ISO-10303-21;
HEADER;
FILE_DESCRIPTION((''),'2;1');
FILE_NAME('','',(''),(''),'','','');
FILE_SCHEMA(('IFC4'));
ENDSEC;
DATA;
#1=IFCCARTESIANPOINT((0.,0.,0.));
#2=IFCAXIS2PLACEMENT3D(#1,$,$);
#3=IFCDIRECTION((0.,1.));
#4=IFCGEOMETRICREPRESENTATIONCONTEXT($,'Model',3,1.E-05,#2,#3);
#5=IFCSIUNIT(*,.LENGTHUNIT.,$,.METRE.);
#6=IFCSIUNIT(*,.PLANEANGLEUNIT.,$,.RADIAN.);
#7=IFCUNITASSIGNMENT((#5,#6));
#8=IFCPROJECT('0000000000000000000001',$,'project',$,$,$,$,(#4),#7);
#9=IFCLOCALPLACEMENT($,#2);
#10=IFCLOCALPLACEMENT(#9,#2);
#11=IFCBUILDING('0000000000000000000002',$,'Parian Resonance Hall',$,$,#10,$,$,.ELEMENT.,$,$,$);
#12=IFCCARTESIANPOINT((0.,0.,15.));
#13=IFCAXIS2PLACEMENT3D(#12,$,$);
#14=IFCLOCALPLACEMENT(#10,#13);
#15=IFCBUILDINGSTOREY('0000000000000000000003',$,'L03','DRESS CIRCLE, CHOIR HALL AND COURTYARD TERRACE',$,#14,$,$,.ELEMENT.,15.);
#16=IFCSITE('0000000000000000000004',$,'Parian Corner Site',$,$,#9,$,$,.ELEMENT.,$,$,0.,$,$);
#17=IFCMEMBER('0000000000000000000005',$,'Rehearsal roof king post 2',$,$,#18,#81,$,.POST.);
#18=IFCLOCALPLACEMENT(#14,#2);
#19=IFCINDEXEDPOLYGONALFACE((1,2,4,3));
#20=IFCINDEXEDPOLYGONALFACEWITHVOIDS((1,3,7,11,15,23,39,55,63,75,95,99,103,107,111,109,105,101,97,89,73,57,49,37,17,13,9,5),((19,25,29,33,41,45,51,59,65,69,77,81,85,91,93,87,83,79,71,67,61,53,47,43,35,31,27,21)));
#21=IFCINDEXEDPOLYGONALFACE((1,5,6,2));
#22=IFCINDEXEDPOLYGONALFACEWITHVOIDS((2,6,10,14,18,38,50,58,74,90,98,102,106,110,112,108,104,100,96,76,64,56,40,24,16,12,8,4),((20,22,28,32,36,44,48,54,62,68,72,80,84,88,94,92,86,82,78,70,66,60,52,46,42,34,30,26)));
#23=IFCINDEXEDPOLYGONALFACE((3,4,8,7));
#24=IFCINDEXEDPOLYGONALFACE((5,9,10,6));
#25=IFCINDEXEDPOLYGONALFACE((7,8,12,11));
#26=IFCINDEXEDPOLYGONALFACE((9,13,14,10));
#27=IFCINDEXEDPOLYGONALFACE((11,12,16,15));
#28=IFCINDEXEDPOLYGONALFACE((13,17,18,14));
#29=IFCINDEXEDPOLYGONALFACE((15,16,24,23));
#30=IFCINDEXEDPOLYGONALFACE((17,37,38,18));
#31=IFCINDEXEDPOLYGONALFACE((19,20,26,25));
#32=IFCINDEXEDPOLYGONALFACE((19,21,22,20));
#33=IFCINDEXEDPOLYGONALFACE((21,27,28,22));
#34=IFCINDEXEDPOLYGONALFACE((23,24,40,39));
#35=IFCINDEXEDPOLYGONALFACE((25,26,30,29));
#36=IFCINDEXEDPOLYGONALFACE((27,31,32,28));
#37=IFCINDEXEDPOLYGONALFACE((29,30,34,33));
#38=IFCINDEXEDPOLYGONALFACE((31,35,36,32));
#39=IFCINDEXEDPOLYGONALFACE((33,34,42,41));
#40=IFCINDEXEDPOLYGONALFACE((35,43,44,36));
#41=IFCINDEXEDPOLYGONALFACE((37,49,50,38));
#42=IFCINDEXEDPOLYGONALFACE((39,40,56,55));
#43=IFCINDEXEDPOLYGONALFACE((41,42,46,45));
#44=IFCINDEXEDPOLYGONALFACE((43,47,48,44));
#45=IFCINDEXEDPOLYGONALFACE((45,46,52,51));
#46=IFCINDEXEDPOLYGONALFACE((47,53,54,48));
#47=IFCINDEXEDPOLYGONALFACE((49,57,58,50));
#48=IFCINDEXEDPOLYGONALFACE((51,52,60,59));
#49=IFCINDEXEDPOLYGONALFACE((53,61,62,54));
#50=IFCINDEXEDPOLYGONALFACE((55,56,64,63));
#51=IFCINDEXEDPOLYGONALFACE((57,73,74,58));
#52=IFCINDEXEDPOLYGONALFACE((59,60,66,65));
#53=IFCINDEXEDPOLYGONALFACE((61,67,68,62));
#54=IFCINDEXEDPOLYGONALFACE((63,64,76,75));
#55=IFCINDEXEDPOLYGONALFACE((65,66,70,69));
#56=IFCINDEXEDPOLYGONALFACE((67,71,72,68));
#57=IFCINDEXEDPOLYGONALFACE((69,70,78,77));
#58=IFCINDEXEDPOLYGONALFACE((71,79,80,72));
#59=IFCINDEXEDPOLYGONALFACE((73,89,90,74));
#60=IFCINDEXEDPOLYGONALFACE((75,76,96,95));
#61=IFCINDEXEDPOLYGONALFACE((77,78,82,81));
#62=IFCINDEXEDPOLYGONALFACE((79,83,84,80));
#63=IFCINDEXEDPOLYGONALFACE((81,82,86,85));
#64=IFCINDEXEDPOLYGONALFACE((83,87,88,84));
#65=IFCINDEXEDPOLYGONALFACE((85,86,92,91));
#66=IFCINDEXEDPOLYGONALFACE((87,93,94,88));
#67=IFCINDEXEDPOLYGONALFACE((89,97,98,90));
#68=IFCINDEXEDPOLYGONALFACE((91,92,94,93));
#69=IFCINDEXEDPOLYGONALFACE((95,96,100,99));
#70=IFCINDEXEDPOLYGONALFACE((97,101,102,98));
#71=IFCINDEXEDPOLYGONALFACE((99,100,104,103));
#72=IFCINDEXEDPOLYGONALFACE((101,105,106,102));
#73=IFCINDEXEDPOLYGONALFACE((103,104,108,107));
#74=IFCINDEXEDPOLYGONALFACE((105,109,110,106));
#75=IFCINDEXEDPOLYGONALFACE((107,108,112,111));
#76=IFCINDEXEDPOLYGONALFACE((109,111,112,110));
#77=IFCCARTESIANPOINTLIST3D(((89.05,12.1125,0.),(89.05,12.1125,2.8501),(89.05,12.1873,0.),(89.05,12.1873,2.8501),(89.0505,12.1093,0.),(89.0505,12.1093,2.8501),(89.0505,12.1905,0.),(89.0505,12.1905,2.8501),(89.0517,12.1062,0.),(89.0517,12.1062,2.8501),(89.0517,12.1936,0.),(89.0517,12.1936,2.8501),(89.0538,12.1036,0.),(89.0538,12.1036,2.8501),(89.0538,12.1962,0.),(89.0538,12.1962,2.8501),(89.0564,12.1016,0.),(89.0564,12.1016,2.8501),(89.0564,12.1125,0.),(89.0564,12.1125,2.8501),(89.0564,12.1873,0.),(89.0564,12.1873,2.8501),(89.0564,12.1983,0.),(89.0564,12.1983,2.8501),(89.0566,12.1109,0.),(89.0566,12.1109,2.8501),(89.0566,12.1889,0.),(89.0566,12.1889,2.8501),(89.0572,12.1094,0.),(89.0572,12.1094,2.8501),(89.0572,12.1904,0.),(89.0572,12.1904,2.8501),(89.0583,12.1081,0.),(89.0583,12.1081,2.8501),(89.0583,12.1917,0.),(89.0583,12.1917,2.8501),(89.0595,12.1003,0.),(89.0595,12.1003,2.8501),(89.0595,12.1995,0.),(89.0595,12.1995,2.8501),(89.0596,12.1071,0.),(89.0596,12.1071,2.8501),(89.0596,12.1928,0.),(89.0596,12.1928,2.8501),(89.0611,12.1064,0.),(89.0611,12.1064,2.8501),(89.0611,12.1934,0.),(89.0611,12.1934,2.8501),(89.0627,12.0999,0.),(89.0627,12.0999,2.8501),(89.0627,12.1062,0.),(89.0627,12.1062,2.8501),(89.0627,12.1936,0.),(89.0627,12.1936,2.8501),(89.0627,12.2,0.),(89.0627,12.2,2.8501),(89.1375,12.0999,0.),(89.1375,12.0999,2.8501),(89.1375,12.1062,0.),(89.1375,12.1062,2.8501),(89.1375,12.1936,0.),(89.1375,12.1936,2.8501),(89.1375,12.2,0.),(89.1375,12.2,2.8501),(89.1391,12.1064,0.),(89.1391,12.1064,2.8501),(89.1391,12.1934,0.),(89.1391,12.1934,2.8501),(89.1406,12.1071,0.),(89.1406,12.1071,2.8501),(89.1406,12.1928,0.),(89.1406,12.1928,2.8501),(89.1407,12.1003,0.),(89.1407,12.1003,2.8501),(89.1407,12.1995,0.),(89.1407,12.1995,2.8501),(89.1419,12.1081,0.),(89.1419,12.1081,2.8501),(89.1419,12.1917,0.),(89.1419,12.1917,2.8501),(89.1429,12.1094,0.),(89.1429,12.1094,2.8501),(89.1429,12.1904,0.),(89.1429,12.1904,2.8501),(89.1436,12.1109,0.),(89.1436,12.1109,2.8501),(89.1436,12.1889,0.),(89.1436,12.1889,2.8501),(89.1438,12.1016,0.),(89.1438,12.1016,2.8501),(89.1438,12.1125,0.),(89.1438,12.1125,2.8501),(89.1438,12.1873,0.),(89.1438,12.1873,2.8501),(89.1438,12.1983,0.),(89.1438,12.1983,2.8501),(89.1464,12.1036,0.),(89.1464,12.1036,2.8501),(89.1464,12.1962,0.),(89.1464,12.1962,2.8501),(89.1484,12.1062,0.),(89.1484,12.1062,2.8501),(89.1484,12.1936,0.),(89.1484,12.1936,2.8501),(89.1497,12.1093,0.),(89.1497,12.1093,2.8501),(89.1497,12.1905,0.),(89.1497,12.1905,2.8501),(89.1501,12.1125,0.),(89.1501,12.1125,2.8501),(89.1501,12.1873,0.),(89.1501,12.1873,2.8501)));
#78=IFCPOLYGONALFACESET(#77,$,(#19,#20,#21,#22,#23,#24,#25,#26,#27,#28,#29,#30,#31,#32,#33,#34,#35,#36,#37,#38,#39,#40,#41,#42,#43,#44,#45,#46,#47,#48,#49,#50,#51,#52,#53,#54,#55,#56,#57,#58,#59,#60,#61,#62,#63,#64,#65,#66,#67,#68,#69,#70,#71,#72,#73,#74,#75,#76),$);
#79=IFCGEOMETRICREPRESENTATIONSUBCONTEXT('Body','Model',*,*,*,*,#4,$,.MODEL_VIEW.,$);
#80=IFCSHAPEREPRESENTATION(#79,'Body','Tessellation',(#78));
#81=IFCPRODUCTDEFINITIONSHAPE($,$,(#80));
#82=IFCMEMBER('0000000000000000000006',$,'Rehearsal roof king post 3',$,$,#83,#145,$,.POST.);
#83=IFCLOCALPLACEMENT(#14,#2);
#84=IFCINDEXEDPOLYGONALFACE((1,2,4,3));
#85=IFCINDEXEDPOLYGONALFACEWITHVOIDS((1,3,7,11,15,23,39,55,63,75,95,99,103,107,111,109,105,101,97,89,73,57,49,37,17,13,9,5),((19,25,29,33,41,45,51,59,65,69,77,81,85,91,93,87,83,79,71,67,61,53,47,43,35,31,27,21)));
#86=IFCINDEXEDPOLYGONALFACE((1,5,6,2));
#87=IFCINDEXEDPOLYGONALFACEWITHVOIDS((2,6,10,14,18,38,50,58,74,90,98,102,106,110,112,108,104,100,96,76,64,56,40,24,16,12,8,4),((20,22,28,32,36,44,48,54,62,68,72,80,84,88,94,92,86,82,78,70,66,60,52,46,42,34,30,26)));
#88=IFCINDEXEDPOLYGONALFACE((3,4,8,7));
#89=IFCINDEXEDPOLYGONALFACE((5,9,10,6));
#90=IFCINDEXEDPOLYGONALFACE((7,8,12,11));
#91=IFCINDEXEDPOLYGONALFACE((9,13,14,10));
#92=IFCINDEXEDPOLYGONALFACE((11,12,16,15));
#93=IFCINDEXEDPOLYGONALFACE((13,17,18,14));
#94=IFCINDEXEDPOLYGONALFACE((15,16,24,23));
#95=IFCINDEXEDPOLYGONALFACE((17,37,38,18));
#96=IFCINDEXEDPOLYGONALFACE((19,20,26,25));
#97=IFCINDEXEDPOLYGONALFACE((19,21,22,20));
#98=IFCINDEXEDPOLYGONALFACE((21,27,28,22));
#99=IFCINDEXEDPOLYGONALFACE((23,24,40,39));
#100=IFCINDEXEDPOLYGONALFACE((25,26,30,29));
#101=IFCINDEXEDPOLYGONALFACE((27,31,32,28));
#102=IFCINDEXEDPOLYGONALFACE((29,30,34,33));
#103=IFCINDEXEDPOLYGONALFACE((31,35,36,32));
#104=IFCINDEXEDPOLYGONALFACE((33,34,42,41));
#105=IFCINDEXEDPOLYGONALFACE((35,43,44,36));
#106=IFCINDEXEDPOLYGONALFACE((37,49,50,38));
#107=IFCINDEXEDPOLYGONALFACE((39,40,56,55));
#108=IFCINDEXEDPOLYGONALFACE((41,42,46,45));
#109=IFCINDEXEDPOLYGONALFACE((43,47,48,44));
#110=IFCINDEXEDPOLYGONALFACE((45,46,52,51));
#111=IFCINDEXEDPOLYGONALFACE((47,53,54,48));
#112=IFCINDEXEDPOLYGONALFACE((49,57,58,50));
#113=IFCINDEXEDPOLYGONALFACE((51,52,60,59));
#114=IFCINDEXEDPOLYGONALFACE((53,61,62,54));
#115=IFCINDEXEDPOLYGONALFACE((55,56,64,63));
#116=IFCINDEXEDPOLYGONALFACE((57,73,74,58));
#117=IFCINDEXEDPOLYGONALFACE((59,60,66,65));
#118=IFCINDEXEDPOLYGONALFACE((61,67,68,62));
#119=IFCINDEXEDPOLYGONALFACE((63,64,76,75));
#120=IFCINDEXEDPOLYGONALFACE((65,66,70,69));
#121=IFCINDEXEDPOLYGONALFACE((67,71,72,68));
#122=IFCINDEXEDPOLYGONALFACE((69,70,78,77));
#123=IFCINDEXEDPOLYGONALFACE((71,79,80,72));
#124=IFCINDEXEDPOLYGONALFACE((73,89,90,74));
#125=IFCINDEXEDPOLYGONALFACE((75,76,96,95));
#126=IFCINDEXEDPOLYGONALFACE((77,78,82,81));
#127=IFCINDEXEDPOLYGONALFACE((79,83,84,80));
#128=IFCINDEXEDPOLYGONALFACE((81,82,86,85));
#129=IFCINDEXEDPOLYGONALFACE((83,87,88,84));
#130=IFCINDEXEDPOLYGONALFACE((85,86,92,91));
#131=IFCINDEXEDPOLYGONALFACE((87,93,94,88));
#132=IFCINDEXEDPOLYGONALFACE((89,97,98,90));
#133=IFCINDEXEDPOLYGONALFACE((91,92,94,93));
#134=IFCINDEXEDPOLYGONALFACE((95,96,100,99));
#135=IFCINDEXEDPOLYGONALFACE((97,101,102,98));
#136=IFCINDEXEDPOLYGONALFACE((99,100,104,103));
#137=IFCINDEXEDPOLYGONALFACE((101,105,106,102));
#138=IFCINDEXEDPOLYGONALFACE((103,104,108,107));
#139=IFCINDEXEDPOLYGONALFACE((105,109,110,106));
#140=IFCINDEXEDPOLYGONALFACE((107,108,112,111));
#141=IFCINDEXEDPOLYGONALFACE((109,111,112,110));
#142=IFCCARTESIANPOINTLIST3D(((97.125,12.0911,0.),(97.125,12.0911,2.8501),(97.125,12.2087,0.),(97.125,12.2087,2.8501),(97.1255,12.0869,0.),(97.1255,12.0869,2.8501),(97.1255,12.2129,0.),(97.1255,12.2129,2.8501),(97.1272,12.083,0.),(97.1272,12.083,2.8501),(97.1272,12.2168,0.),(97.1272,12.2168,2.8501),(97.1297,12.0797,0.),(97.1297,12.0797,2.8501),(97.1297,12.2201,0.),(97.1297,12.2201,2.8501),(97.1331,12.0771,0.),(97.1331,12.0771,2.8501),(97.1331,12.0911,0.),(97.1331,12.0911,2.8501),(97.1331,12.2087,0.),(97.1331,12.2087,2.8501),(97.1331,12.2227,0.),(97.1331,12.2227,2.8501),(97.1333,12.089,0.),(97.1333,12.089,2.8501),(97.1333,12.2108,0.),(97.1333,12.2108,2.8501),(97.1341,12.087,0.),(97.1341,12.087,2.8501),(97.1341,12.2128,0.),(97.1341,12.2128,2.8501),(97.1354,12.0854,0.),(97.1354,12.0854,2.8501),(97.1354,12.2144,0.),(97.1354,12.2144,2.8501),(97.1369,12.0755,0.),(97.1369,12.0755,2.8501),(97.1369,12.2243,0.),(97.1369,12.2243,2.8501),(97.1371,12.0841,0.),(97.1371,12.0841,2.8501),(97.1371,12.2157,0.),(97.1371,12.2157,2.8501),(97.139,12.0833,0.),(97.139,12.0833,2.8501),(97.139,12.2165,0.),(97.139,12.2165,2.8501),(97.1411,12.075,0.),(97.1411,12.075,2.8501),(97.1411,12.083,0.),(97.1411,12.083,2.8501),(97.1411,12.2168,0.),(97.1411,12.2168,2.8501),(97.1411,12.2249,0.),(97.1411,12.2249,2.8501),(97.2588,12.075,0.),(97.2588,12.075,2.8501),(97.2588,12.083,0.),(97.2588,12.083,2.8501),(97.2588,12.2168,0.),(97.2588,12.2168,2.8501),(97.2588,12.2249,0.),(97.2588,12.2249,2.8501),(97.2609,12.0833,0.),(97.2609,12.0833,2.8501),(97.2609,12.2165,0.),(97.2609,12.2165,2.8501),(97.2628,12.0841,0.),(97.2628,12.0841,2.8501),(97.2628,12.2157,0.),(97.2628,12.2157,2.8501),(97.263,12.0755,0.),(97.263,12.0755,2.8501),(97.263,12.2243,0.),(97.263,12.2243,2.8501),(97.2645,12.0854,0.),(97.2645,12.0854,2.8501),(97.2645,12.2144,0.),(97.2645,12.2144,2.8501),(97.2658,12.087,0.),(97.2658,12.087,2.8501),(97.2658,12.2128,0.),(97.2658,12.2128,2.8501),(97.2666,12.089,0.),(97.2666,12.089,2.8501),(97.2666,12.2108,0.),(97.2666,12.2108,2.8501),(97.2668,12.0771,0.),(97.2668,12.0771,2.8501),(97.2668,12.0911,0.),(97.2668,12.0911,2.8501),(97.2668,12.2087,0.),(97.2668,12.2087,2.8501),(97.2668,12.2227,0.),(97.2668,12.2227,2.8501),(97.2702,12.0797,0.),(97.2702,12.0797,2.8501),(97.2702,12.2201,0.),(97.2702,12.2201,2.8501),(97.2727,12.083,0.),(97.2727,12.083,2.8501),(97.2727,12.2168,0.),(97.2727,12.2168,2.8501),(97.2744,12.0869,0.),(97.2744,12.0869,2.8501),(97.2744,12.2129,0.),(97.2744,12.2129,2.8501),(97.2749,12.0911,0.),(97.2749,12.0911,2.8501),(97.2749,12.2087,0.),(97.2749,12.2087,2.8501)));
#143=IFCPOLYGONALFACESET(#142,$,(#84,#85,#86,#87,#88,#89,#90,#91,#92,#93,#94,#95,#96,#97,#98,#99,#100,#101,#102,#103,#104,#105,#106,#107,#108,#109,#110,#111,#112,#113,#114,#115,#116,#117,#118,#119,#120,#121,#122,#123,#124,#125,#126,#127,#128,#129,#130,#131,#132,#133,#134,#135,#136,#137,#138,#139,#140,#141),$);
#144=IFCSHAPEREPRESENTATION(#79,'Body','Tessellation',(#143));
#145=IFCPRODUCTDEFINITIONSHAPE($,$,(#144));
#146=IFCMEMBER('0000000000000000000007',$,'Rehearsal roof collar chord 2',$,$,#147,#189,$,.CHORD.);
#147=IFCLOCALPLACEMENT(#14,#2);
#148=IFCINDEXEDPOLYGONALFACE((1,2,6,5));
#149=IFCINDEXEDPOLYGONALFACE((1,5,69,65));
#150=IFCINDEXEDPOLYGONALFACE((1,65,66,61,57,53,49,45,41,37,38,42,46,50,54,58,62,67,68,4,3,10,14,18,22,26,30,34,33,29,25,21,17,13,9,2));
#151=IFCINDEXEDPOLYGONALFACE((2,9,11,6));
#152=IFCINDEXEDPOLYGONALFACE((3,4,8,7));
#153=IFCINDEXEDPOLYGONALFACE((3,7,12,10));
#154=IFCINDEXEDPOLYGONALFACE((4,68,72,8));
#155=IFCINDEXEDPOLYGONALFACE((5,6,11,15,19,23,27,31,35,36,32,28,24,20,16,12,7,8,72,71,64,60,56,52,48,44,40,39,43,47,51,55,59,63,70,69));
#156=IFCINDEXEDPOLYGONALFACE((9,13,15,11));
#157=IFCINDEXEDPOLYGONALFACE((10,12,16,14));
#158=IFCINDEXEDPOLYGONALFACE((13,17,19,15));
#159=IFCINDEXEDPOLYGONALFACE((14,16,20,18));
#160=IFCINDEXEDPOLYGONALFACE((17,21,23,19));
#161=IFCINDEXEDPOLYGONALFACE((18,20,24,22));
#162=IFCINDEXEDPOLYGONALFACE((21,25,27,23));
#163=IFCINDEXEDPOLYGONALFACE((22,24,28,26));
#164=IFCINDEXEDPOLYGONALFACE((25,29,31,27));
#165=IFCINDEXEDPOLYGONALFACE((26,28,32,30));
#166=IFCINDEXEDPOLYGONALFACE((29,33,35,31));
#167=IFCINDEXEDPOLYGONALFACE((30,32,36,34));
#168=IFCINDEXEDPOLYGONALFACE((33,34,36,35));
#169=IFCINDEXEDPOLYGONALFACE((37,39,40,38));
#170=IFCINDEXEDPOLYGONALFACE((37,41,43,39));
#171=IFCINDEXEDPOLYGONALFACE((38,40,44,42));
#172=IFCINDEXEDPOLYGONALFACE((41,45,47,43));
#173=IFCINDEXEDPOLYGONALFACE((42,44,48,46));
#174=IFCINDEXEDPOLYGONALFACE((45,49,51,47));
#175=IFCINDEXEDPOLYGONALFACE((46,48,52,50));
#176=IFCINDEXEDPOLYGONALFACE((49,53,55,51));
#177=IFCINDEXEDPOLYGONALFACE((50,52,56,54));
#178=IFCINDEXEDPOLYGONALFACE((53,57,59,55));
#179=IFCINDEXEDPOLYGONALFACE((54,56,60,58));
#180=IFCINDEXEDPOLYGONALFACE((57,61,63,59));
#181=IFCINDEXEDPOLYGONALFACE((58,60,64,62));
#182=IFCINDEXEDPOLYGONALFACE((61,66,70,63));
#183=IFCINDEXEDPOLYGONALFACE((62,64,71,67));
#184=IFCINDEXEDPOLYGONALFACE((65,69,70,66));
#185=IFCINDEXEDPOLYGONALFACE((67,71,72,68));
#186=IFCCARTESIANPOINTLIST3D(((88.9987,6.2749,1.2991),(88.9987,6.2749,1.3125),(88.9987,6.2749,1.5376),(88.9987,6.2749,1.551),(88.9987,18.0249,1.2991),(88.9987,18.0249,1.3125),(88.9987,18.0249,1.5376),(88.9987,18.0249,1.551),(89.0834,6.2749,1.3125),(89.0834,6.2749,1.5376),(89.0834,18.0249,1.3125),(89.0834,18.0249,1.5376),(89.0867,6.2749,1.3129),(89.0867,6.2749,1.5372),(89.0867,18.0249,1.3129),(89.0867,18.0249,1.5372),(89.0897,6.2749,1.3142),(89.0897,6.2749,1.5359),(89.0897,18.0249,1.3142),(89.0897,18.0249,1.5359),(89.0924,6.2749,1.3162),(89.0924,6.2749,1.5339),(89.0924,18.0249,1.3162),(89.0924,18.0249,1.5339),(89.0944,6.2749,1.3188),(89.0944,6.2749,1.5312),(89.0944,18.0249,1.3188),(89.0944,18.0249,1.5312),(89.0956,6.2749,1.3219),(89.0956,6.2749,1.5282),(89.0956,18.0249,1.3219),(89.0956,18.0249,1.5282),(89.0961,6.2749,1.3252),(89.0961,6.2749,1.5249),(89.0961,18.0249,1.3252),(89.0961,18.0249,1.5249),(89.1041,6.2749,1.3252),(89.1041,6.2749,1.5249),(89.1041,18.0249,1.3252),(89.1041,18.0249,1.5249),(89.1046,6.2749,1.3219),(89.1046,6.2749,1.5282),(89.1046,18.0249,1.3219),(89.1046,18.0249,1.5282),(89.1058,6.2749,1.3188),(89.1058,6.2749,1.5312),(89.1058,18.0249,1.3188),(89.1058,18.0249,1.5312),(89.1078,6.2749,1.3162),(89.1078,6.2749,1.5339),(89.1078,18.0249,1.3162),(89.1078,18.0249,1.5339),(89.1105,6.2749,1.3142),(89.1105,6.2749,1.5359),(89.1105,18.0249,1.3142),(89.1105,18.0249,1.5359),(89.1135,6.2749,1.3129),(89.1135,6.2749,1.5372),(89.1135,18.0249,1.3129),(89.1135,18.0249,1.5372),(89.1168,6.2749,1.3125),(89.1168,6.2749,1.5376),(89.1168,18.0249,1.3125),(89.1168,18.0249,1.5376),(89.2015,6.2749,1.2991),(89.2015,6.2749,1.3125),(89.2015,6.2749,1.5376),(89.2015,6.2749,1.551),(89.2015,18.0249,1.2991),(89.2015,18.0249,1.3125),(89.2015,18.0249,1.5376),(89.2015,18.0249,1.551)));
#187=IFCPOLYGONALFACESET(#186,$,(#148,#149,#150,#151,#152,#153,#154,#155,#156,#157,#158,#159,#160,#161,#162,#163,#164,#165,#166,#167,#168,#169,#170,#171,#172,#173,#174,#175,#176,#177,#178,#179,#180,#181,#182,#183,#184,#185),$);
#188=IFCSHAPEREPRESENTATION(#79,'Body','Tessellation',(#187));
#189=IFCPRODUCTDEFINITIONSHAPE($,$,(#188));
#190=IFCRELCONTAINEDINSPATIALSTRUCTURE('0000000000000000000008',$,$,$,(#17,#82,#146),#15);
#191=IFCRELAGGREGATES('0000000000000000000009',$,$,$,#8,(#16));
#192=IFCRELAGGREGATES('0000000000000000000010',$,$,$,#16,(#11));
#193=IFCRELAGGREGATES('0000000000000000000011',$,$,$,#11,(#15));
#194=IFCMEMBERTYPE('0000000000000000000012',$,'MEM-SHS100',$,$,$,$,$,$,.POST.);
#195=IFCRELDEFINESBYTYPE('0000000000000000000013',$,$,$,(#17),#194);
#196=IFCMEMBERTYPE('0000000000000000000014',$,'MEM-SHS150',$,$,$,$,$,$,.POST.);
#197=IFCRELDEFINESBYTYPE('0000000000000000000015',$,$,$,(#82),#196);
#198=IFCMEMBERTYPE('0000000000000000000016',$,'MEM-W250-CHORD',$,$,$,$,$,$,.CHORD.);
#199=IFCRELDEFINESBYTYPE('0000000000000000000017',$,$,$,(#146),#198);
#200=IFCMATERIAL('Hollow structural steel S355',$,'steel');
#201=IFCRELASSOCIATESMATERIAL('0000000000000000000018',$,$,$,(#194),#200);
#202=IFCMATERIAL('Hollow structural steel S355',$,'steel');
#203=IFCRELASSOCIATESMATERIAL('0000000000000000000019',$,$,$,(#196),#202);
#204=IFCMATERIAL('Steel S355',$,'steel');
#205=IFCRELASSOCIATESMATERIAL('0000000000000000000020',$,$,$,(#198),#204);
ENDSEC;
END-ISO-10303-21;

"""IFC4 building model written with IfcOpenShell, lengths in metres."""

from ifc_helpers import new_model, si_unit, direction, frame, origin, origin_2d, place, context, subcontext, project, spatial, hollow_rectangle, i_section, extrude, material, material_profile, profile_set, type_object, element, save


model = new_model("IFC4")

# Units and contexts
model_context = context("Model", 3, precision=1e-05, world=origin(), true_north=direction((0.0, 1.0)))
body_context = subcontext(model_context, "Body", "Model", "MODEL_VIEW")
ifc_project = project(units=[si_unit("LENGTHUNIT", "METRE"), si_unit("PLANEANGLEUNIT", "RADIAN")], contexts=[model_context])

# Site, building, storey
site_placement = place(None, origin())
site = spatial("IfcSite", under=ifc_project, at=site_placement, Name="Parian Corner Site", CompositionType="ELEMENT", RefElevation=0.0)
building_placement = place(site_placement, origin())
building = spatial("IfcBuilding", under=site, at=building_placement, Name="Parian Resonance Hall", CompositionType="ELEMENT")
storey_placement = place(building_placement, frame((0.0, 0.0, 15.0)))
storey = spatial("IfcBuildingStorey", under=building, at=storey_placement, Name="L03", Description="DRESS CIRCLE, CHOIR HALL AND COURTYARD TERRACE", CompositionType="ELEMENT", Elevation=15.0)

# Members
ifc_material_1 = material(Name="Hollow structural steel S355", Category="steel")
ifc_material_profile_1 = material_profile(ifc_material_1, hollow_rectangle(XDim=0.1001, YDim=0.1001, WallThickness=0.0063, InnerFilletRadius=0.0063, OuterFilletRadius=0.0127, at=origin_2d()), Name="SHS100x100x6.3")
ifc_profile_set_1 = profile_set([ifc_material_profile_1], Name="Hollow structural steel S355")
member_type_1 = type_object("IfcMemberType", Name="MEM-SHS100", PredefinedType="POST", material=ifc_profile_set_1)
member_1_placement = place(storey_placement, frame((89.1001, 12.1499, 0.0), z_axis=(0.0, 0.0, 1.0), x_axis=(1.0, 0.0, 0.0)))
element("IfcMember", 1, at=member_1_placement, inside=storey, type_object=member_type_1, Name="Rehearsal roof king post 2", PredefinedType="POST", context=body_context, shape_type="SweptSolid", body=[
    extrude(hollow_rectangle(XDim=0.1001, YDim=0.1001, WallThickness=0.0063, InnerFilletRadius=0.0063, OuterFilletRadius=0.0127, at=origin_2d()), origin(), (0.0, 0.0, 1.0), 2.8501),
])
ifc_material_2 = material(Name="Hollow structural steel S355", Category="steel")
ifc_material_profile_2 = material_profile(ifc_material_2, hollow_rectangle(XDim=0.1499, YDim=0.1499, WallThickness=0.0081, InnerFilletRadius=0.0081, OuterFilletRadius=0.0161, at=origin_2d()), Name="SHS150x150x8")
ifc_profile_set_2 = profile_set([ifc_material_profile_2], Name="Hollow structural steel S355")
member_type_2 = type_object("IfcMemberType", Name="MEM-SHS150", PredefinedType="POST", material=ifc_profile_set_2)
member_2_placement = place(storey_placement, frame((97.2, 12.1499, 0.0), z_axis=(0.0, 0.0, 1.0), x_axis=(1.0, 0.0, 0.0)))
element("IfcMember", 2, at=member_2_placement, inside=storey, type_object=member_type_2, Name="Rehearsal roof king post 3", PredefinedType="POST", context=body_context, shape_type="SweptSolid", body=[
    extrude(hollow_rectangle(XDim=0.1499, YDim=0.1499, WallThickness=0.0081, InnerFilletRadius=0.0081, OuterFilletRadius=0.0161, at=origin_2d()), origin(), (0.0, 0.0, 1.0), 2.8501),
])
ifc_material_3 = material(Name="Steel S355", Category="steel")
ifc_material_profile_3 = material_profile(ifc_material_3, i_section(OverallWidth=0.2029, OverallDepth=0.252, WebThickness=0.0081, FlangeThickness=0.0134, FilletRadius=0.0127, at=origin_2d()), Name="W250x58")
ifc_profile_set_3 = profile_set([ifc_material_profile_3], Name="Steel S355")
member_type_3 = type_object("IfcMemberType", Name="MEM-W250-CHORD", PredefinedType="CHORD", material=ifc_profile_set_3)
for number, where, z_axis, x_axis, name in (
    (3, (89.1001, 6.2749, 1.425), (0.0, 1.0, 0.0), (-1.0, 0.0, 0.0), "Rehearsal roof collar chord 2"),
):
    element("IfcMember", number, at=place(storey_placement, frame(where, z_axis=z_axis, x_axis=x_axis)), inside=storey, type_object=member_type_3, Name=name, PredefinedType="CHORD", context=body_context, shape_type="SweptSolid", body=[
        extrude(i_section(OverallWidth=0.2029, OverallDepth=0.252, WebThickness=0.0081, FlangeThickness=0.0134, FilletRadius=0.0127, at=origin_2d()), origin(), (0.0, 0.0, 1.0), 11.75),
    ])

save(model, "model.ifc")
